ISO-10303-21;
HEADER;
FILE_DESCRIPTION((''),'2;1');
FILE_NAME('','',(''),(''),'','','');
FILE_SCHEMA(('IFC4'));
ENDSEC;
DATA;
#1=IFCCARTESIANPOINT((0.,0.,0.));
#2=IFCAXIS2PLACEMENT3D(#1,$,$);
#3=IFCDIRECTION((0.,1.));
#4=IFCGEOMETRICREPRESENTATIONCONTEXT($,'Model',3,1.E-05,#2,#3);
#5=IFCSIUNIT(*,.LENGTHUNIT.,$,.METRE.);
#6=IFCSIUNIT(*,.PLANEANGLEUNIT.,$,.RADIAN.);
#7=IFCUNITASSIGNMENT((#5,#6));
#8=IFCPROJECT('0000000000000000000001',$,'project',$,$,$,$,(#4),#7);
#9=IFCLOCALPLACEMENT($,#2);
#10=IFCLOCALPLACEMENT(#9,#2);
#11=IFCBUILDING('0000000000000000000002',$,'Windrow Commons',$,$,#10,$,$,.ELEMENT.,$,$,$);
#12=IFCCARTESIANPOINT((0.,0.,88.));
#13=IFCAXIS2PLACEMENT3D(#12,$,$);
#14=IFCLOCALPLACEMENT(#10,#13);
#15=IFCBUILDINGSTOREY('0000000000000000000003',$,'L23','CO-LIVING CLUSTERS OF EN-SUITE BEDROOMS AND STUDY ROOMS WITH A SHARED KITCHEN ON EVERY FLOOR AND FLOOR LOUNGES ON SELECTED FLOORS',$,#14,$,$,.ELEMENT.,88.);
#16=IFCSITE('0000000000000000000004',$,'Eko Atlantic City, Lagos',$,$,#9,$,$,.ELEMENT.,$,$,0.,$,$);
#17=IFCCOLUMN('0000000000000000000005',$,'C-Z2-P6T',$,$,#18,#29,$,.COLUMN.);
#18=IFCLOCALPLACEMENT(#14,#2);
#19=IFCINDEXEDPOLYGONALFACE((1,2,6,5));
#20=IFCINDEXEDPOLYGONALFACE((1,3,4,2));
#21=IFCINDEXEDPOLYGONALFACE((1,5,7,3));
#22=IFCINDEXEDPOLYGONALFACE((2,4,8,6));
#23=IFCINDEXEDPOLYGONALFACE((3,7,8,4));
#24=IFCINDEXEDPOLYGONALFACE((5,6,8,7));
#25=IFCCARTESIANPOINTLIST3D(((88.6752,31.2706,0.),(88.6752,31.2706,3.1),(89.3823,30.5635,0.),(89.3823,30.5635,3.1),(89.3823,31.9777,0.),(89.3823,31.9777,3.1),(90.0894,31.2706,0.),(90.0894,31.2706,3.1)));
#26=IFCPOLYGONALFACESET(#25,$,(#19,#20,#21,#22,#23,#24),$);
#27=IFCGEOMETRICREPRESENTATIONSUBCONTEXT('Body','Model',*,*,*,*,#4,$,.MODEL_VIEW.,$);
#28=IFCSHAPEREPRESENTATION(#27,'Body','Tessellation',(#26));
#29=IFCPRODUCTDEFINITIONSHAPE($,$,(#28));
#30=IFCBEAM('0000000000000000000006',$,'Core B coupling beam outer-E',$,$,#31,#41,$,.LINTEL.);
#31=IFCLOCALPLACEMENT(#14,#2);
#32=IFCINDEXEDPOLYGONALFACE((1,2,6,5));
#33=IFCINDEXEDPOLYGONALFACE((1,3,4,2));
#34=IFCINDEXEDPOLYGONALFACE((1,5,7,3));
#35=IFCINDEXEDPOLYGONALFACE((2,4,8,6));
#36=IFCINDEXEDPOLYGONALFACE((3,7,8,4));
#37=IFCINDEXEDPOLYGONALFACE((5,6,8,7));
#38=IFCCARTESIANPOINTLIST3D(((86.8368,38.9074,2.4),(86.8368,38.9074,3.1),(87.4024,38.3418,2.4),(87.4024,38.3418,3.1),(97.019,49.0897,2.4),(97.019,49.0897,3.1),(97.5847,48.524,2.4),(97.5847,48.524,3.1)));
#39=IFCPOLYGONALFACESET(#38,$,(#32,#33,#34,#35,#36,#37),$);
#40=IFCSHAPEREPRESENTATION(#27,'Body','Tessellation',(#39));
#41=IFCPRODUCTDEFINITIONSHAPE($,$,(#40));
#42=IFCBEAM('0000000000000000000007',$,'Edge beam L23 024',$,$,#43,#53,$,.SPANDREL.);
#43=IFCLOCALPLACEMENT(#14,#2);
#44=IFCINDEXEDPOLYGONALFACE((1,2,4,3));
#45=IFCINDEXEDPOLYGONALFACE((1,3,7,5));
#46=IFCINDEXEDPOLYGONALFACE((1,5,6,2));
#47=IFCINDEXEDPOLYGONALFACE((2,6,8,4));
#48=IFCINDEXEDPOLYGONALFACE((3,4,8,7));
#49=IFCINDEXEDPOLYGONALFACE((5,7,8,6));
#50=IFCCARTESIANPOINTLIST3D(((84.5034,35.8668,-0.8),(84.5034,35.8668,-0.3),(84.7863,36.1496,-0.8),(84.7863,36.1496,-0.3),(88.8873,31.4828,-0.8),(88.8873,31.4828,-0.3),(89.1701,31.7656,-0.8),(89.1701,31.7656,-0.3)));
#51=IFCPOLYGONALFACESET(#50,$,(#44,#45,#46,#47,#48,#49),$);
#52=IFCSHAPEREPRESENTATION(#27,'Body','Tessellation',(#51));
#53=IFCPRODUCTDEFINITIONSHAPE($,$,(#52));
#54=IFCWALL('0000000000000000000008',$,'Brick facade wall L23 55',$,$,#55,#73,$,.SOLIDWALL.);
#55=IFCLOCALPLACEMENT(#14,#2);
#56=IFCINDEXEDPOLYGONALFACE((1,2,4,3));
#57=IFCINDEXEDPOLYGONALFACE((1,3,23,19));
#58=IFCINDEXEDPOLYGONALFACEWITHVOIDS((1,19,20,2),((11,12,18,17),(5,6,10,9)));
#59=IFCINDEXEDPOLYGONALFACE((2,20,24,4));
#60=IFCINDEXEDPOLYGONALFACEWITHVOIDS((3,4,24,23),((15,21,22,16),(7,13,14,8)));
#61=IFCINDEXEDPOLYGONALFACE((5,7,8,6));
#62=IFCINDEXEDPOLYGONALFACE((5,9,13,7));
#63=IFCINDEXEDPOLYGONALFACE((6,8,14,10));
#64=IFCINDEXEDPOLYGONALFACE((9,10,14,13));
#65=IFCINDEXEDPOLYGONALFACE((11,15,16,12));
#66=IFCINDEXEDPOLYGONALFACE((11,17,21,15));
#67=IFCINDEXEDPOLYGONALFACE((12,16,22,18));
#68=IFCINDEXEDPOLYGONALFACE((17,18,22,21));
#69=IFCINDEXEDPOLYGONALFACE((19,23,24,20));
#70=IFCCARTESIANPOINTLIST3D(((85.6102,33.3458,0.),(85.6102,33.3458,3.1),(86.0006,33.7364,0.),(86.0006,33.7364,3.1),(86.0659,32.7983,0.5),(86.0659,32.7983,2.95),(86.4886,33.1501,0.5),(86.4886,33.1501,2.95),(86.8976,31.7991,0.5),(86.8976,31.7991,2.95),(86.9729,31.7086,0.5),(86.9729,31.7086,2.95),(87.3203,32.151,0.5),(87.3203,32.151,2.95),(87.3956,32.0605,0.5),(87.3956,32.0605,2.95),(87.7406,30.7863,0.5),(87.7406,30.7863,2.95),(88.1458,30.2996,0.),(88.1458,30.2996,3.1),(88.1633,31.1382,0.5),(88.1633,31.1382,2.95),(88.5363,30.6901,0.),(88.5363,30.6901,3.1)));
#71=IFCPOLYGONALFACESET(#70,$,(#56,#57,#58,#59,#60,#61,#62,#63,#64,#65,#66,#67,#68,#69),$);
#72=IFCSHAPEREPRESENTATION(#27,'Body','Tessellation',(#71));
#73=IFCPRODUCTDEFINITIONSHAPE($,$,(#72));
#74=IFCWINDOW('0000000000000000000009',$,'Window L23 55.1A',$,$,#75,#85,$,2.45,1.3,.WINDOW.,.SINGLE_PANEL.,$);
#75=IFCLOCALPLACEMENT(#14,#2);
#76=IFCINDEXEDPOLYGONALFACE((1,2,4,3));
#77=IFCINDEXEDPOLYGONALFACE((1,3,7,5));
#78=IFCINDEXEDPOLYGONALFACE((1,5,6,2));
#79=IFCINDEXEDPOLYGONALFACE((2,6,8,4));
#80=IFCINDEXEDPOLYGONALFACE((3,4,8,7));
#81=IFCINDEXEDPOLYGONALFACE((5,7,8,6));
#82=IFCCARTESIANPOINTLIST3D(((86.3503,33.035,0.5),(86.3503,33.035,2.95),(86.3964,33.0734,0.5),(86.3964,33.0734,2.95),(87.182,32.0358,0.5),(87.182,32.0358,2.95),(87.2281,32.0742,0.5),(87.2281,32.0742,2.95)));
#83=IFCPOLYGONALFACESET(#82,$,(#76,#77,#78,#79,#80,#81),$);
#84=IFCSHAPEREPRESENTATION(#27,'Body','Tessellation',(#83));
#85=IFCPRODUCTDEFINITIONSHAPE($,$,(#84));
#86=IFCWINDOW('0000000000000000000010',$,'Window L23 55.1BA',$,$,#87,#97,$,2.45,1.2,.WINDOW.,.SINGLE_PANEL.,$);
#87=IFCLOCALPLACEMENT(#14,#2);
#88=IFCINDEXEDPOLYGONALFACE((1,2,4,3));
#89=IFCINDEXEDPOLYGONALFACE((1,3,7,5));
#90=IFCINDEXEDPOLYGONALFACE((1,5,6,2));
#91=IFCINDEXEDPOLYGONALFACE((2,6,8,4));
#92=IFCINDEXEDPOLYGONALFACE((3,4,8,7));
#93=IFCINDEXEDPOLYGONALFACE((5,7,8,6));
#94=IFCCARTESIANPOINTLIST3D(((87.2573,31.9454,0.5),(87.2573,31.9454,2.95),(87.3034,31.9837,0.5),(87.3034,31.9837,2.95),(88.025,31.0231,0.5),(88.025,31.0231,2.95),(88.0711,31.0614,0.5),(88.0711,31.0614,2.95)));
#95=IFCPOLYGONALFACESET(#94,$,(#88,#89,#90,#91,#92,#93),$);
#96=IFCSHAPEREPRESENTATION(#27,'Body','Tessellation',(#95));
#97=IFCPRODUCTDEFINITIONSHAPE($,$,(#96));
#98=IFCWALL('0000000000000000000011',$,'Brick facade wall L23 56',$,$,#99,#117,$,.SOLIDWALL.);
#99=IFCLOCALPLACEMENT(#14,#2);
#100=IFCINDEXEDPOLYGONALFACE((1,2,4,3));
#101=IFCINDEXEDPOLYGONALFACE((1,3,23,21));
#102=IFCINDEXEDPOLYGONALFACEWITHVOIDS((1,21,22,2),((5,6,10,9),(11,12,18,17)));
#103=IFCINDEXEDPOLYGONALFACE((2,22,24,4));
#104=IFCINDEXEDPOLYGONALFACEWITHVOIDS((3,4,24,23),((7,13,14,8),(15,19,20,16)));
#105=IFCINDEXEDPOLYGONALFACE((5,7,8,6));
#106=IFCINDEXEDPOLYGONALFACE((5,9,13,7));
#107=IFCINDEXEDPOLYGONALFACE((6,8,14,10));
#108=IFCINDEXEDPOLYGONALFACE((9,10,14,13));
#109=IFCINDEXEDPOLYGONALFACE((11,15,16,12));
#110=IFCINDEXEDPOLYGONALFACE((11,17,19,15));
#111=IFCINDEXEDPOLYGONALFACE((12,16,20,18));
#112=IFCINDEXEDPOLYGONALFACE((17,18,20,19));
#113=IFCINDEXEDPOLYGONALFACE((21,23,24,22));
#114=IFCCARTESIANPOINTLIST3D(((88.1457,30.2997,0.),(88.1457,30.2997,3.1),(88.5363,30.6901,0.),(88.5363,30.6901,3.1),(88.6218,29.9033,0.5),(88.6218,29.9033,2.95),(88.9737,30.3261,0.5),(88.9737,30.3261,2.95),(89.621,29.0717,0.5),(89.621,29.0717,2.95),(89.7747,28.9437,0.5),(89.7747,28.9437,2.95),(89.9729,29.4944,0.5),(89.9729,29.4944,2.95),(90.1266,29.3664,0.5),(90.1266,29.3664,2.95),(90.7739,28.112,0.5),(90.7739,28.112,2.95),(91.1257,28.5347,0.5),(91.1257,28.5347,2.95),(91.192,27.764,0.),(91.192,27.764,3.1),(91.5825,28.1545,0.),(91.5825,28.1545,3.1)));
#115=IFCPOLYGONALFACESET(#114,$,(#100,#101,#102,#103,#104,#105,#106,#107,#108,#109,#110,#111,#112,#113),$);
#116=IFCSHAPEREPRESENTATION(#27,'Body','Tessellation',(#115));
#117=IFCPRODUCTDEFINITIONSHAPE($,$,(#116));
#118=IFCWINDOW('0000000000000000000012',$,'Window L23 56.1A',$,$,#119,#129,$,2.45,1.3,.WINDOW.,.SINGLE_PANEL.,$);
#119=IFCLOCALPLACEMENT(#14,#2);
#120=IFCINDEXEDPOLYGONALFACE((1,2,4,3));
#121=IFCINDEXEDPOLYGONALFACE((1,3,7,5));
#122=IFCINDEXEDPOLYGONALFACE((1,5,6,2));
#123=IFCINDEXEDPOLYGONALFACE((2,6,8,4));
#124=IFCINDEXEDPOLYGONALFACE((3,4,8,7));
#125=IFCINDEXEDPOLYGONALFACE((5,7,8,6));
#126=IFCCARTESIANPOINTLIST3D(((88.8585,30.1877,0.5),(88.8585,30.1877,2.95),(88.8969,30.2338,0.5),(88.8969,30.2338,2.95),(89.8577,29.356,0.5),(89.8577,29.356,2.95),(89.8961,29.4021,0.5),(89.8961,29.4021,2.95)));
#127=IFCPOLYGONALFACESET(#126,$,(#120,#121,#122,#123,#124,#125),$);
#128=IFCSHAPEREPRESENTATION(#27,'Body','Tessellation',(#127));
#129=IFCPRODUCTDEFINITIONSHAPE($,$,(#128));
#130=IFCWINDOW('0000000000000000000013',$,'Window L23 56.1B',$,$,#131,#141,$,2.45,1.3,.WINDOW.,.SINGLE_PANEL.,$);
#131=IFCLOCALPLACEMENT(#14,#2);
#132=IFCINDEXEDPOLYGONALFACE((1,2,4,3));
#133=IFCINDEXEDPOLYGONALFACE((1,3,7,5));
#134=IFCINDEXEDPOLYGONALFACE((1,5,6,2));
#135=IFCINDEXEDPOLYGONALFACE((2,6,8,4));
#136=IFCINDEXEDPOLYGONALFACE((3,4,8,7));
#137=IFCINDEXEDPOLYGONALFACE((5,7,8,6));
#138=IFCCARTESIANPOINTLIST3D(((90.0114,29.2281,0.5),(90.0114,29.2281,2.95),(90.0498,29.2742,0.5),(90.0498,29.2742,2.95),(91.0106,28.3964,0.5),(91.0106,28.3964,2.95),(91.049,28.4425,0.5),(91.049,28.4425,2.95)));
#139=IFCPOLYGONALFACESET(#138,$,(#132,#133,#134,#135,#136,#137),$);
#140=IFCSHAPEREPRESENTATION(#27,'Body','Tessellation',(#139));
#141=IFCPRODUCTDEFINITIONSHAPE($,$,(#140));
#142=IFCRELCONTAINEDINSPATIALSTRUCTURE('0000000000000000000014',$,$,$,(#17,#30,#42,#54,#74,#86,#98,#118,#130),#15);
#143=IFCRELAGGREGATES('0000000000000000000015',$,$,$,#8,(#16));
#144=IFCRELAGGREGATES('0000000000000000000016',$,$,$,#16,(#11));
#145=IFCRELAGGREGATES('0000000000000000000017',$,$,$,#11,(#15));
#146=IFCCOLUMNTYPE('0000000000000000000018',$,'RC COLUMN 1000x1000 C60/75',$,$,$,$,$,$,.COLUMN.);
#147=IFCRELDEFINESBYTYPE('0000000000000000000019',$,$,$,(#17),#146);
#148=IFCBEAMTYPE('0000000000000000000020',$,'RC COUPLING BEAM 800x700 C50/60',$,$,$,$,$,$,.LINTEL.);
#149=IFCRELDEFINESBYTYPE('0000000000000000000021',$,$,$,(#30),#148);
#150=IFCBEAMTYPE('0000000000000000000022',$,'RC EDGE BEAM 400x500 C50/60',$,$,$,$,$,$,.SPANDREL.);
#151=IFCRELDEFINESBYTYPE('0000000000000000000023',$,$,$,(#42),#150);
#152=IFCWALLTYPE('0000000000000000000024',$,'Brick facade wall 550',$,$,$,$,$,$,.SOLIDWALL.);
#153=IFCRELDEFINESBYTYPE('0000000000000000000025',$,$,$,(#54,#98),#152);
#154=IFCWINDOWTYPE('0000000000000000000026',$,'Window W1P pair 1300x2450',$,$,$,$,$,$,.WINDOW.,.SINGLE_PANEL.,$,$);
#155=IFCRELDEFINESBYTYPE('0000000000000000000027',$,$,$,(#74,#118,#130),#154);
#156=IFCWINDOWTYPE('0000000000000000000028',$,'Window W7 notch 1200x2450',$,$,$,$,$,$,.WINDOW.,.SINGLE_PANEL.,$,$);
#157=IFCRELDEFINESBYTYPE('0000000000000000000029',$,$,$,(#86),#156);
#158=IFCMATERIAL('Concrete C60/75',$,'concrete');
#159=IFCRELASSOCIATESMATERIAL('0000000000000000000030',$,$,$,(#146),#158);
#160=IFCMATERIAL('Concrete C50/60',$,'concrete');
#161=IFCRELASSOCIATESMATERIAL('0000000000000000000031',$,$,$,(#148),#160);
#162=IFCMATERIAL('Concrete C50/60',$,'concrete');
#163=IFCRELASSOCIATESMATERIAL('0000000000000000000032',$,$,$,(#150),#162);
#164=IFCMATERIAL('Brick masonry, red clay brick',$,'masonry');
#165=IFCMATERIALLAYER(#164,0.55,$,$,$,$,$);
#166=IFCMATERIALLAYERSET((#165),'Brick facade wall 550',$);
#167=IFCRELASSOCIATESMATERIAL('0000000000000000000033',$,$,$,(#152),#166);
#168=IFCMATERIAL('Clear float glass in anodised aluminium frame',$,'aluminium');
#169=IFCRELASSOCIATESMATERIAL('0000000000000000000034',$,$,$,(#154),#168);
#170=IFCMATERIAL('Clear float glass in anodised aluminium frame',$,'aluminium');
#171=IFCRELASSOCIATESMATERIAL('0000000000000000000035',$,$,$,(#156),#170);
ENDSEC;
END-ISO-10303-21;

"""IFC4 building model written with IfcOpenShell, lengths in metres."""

from ifc_helpers import new_model, si_unit, direction, frame, frame_2d, origin, origin_2d, place, context, subcontext, project, spatial, polyline, rectangle, outline, extrude, material, layer, layer_set, material_profile, profile_set, type_object, element, fill, save


model = new_model("IFC4")

# Units and contexts
model_context = context("Model", 3, precision=1e-05, world=origin(), true_north=direction((0.0, 1.0)))
body_context = subcontext(model_context, "Body", "Model", "MODEL_VIEW")
ifc_project = project(units=[si_unit("LENGTHUNIT", "METRE"), si_unit("PLANEANGLEUNIT", "RADIAN")], contexts=[model_context])

# Site, building, storey
site_placement = place(None, origin())
site = spatial("IfcSite", under=ifc_project, at=site_placement, Name="Eko Atlantic City, Lagos", CompositionType="ELEMENT", RefElevation=0.0)
building_placement = place(site_placement, origin())
building = spatial("IfcBuilding", under=site, at=building_placement, Name="Windrow Commons", CompositionType="ELEMENT")
storey_placement = place(building_placement, frame((0.0, 0.0, 88.0)))
storey = spatial("IfcBuildingStorey", under=building, at=storey_placement, Name="L23", Description="CO-LIVING CLUSTERS OF EN-SUITE BEDROOMS AND STUDY ROOMS WITH A SHARED KITCHEN ON EVERY FLOOR AND FLOOR LOUNGES ON SELECTED FLOORS", CompositionType="ELEMENT", Elevation=88.0)

# Column
ifc_material_1 = material(Name="Concrete C60/75", Category="concrete")
ifc_material_profile_1 = material_profile(ifc_material_1, rectangle(XDim=1.0, YDim=1.0, at=origin_2d()))
ifc_profile_set_1 = profile_set([ifc_material_profile_1], Name="Concrete C60/75")
column_type = type_object("IfcColumnType", Name="RC COLUMN 1000x1000 C60/75", PredefinedType="COLUMN", material=ifc_profile_set_1)
column_placement = place(storey_placement, frame((89.3823, 31.2706, 0.0), z_axis=(0.0, 0.0, 1.0), x_axis=(0.707107, -0.707107, 0.0)))
element("IfcColumn", 1, at=column_placement, inside=storey, type_object=column_type, Name="C-Z2-P6T", PredefinedType="COLUMN", context=body_context, shape_type="SweptSolid", body=[
    extrude(rectangle(XDim=1.0, YDim=1.0, at=origin_2d()), origin(), (0.0, 0.0, 1.0), 3.1),
])

# Beams
ifc_material_2 = material(Name="Concrete C50/60", Category="concrete")
ifc_material_profile_2 = material_profile(ifc_material_2, rectangle(XDim=0.8, YDim=0.7, at=origin_2d()))
ifc_profile_set_2 = profile_set([ifc_material_profile_2], Name="Concrete C50/60")
beam_type_1 = type_object("IfcBeamType", Name="RC COUPLING BEAM 800x700 C50/60", PredefinedType="LINTEL", material=ifc_profile_set_2)
beam_1_placement = place(storey_placement, frame((87.1196, 38.6246, 2.75), z_axis=(0.707107, 0.707107, 0.0), x_axis=(-0.707107, 0.707107, 0.0)))
element("IfcBeam", 2, at=beam_1_placement, inside=storey, type_object=beam_type_1, Name="Core B coupling beam outer-E", PredefinedType="LINTEL", context=body_context, shape_type="SweptSolid", body=[
    extrude(rectangle(XDim=0.8, YDim=0.7, at=origin_2d()), origin(), (0.0, 0.0, 1.0), 14.3999),
])
ifc_material_3 = material(Name="Concrete C50/60", Category="concrete")
ifc_material_profile_3 = material_profile(ifc_material_3, rectangle(XDim=0.4, YDim=0.5, at=origin_2d()))
ifc_profile_set_3 = profile_set([ifc_material_profile_3], Name="Concrete C50/60")
beam_type_2 = type_object("IfcBeamType", Name="RC EDGE BEAM 400x500 C50/60", PredefinedType="SPANDREL", material=ifc_profile_set_3)
beam_2_placement = place(storey_placement, frame((89.0287, 31.6242, -0.55), z_axis=(-0.707099, 0.707115, 0.0), x_axis=(-0.707115, -0.707099, 0.0)))
element("IfcBeam", 3, at=beam_2_placement, inside=storey, type_object=beam_type_2, Name="Edge beam L23 024", PredefinedType="SPANDREL", context=body_context, shape_type="SweptSolid", body=[
    extrude(rectangle(XDim=0.4, YDim=0.5, at=origin_2d()), origin(), (0.0, 0.0, 1.0), 6.1998),
])

# Walls, openings, windows
ifc_material_4 = material(Name="Brick masonry, red clay brick", Category="masonry")
ifc_layer_1 = layer(ifc_material_4, 0.55)
ifc_layer_set_1 = layer_set([ifc_layer_1], Name="Brick facade wall 550")
wall_type_1 = type_object("IfcWallType", Name="Brick facade wall 550", PredefinedType="SOLIDWALL", material=ifc_layer_set_1)
wall_1_placement = place(storey_placement, frame((85.8054, 33.5411, 0.0), z_axis=(0.0, 0.0, 1.0), x_axis=(0.639752, -0.768581, 0.0)))
wall_1 = element("IfcWall", 4, at=wall_1_placement, inside=storey, type_object=wall_type_1, Name="Brick facade wall L23 55", PredefinedType="SOLIDWALL", context=body_context, shape_type="SweptSolid", body=[
    extrude(outline(polyline([(0.0252, -0.275), (3.9886, -0.275), (3.9383, 0.275), (-0.0252, 0.275), (0.0252, -0.275)])), origin(), (0.0, 0.0, 1.0), 3.1),
])
opening_1_placement = place(wall_1_placement, frame((0.7376, 0.0, 0.5)))
opening_1 = element("IfcOpeningElement", 5, at=opening_1_placement, cuts=wall_1, PredefinedType="OPENING", context=body_context, shape_type="SweptSolid", body=[
    extrude(rectangle(XDim=1.3, YDim=2.45, at=frame_2d((0.65, 1.225))), frame((0.0, 0.285, 0.0), z_axis=(0.0, -1.0, 0.0), x_axis=(1.0, 0.0, 0.0)), (0.0, 0.0, 1.0), 0.57),
])
opening_2_placement = place(wall_1_placement, frame((2.1553, 0.0, 0.5)))
opening_2 = element("IfcOpeningElement", 6, at=opening_2_placement, cuts=wall_1, PredefinedType="OPENING", context=body_context, shape_type="SweptSolid", body=[
    extrude(rectangle(XDim=1.2, YDim=2.45, at=frame_2d((0.6, 1.225))), frame((0.0, 0.285, 0.0), z_axis=(0.0, -1.0, 0.0), x_axis=(1.0, 0.0, 0.0)), (0.0, 0.0, 1.0), 0.57),
])
ifc_material_5 = material(Name="Clear float glass in anodised aluminium frame", Category="aluminium")
window_type_1 = type_object("IfcWindowType", Name="Window W1P pair 1300x2450", PartitioningType="SINGLE_PANEL", PredefinedType="WINDOW", material=ifc_material_5)
window_1_placement = place(opening_1_placement, origin())
window_1 = element("IfcWindow", 7, at=window_1_placement, inside=storey, type_object=window_type_1, Name="Window L23 55.1A", OverallHeight=2.45, OverallWidth=1.3, PartitioningType="SINGLE_PANEL", PredefinedType="WINDOW", context=body_context, shape_type="SweptSolid", body=[
    extrude(rectangle(XDim=1.3, YDim=2.45, at=frame_2d((0.65, 1.225))), frame((0.0, 0.155, 0.0), z_axis=(0.0, -1.0, 0.0), x_axis=(1.0, 0.0, 0.0)), (0.0, 0.0, 1.0), 0.06),
])
fill(opening_1, window_1)
ifc_material_6 = material(Name="Clear float glass in anodised aluminium frame", Category="aluminium")
window_type_2 = type_object("IfcWindowType", Name="Window W7 notch 1200x2450", PartitioningType="SINGLE_PANEL", PredefinedType="WINDOW", material=ifc_material_6)
window_2_placement = place(opening_2_placement, origin())
window_2 = element("IfcWindow", 8, at=window_2_placement, inside=storey, type_object=window_type_2, Name="Window L23 55.1BA", OverallHeight=2.45, OverallWidth=1.2, PartitioningType="SINGLE_PANEL", PredefinedType="WINDOW", context=body_context, shape_type="SweptSolid", body=[
    extrude(rectangle(XDim=1.2, YDim=2.45, at=frame_2d((0.6, 1.225))), frame((0.0, 0.155, 0.0), z_axis=(0.0, -1.0, 0.0), x_axis=(1.0, 0.0, 0.0)), (0.0, 0.0, 1.0), 0.06),
])
fill(opening_2, window_2)
wall_2_placement = place(storey_placement, frame((88.341, 30.4949, 0.0), z_axis=(0.0, 0.0, 1.0), x_axis=(0.768581, -0.639752, 0.0)))
wall_2 = element("IfcWall", 9, at=wall_2_placement, inside=storey, type_object=wall_type_1, Name="Brick facade wall L23 56", PredefinedType="SOLIDWALL", context=body_context, shape_type="SweptSolid", body=[
    extrude(outline(polyline([(-0.0252, -0.275), (3.9383, -0.275), (3.9886, 0.275), (0.0252, 0.275), (-0.0252, -0.275)])), origin(), (0.0, 0.0, 1.0), 3.1),
])
opening_3_placement = place(wall_2_placement, frame((0.5943, 0.0, 0.5)))
opening_3 = element("IfcOpeningElement", 10, at=opening_3_placement, cuts=wall_2, PredefinedType="OPENING", context=body_context, shape_type="SweptSolid", body=[
    extrude(rectangle(XDim=1.3, YDim=2.45, at=frame_2d((0.65, 1.225))), frame((0.0, 0.285, 0.0), z_axis=(0.0, -1.0, 0.0), x_axis=(1.0, 0.0, 0.0)), (0.0, 0.0, 1.0), 0.57),
])
opening_4_placement = place(wall_2_placement, frame((2.0943, 0.0, 0.5)))
opening_4 = element("IfcOpeningElement", 11, at=opening_4_placement, cuts=wall_2, PredefinedType="OPENING", context=body_context, shape_type="SweptSolid", body=[
    extrude(rectangle(XDim=1.3, YDim=2.45, at=frame_2d((0.65, 1.225))), frame((0.0, 0.285, 0.0), z_axis=(0.0, -1.0, 0.0), x_axis=(1.0, 0.0, 0.0)), (0.0, 0.0, 1.0), 0.57),
])
window_3_placement = place(opening_3_placement, origin())
window_3 = element("IfcWindow", 12, at=window_3_placement, inside=storey, type_object=window_type_1, Name="Window L23 56.1A", OverallHeight=2.45, OverallWidth=1.3, PartitioningType="SINGLE_PANEL", PredefinedType="WINDOW", context=body_context, shape_type="SweptSolid", body=[
    extrude(rectangle(XDim=1.3, YDim=2.45, at=frame_2d((0.65, 1.225))), frame((0.0, 0.155, 0.0), z_axis=(0.0, -1.0, 0.0), x_axis=(1.0, 0.0, 0.0)), (0.0, 0.0, 1.0), 0.06),
])
fill(opening_3, window_3)
window_4_placement = place(opening_4_placement, origin())
window_4 = element("IfcWindow", 13, at=window_4_placement, inside=storey, type_object=window_type_1, Name="Window L23 56.1B", OverallHeight=2.45, OverallWidth=1.3, PartitioningType="SINGLE_PANEL", PredefinedType="WINDOW", context=body_context, shape_type="SweptSolid", body=[
    extrude(rectangle(XDim=1.3, YDim=2.45, at=frame_2d((0.65, 1.225))), frame((0.0, 0.155, 0.0), z_axis=(0.0, -1.0, 0.0), x_axis=(1.0, 0.0, 0.0)), (0.0, 0.0, 1.0), 0.06),
])
fill(opening_4, window_4)

save(model, "model.ifc")
